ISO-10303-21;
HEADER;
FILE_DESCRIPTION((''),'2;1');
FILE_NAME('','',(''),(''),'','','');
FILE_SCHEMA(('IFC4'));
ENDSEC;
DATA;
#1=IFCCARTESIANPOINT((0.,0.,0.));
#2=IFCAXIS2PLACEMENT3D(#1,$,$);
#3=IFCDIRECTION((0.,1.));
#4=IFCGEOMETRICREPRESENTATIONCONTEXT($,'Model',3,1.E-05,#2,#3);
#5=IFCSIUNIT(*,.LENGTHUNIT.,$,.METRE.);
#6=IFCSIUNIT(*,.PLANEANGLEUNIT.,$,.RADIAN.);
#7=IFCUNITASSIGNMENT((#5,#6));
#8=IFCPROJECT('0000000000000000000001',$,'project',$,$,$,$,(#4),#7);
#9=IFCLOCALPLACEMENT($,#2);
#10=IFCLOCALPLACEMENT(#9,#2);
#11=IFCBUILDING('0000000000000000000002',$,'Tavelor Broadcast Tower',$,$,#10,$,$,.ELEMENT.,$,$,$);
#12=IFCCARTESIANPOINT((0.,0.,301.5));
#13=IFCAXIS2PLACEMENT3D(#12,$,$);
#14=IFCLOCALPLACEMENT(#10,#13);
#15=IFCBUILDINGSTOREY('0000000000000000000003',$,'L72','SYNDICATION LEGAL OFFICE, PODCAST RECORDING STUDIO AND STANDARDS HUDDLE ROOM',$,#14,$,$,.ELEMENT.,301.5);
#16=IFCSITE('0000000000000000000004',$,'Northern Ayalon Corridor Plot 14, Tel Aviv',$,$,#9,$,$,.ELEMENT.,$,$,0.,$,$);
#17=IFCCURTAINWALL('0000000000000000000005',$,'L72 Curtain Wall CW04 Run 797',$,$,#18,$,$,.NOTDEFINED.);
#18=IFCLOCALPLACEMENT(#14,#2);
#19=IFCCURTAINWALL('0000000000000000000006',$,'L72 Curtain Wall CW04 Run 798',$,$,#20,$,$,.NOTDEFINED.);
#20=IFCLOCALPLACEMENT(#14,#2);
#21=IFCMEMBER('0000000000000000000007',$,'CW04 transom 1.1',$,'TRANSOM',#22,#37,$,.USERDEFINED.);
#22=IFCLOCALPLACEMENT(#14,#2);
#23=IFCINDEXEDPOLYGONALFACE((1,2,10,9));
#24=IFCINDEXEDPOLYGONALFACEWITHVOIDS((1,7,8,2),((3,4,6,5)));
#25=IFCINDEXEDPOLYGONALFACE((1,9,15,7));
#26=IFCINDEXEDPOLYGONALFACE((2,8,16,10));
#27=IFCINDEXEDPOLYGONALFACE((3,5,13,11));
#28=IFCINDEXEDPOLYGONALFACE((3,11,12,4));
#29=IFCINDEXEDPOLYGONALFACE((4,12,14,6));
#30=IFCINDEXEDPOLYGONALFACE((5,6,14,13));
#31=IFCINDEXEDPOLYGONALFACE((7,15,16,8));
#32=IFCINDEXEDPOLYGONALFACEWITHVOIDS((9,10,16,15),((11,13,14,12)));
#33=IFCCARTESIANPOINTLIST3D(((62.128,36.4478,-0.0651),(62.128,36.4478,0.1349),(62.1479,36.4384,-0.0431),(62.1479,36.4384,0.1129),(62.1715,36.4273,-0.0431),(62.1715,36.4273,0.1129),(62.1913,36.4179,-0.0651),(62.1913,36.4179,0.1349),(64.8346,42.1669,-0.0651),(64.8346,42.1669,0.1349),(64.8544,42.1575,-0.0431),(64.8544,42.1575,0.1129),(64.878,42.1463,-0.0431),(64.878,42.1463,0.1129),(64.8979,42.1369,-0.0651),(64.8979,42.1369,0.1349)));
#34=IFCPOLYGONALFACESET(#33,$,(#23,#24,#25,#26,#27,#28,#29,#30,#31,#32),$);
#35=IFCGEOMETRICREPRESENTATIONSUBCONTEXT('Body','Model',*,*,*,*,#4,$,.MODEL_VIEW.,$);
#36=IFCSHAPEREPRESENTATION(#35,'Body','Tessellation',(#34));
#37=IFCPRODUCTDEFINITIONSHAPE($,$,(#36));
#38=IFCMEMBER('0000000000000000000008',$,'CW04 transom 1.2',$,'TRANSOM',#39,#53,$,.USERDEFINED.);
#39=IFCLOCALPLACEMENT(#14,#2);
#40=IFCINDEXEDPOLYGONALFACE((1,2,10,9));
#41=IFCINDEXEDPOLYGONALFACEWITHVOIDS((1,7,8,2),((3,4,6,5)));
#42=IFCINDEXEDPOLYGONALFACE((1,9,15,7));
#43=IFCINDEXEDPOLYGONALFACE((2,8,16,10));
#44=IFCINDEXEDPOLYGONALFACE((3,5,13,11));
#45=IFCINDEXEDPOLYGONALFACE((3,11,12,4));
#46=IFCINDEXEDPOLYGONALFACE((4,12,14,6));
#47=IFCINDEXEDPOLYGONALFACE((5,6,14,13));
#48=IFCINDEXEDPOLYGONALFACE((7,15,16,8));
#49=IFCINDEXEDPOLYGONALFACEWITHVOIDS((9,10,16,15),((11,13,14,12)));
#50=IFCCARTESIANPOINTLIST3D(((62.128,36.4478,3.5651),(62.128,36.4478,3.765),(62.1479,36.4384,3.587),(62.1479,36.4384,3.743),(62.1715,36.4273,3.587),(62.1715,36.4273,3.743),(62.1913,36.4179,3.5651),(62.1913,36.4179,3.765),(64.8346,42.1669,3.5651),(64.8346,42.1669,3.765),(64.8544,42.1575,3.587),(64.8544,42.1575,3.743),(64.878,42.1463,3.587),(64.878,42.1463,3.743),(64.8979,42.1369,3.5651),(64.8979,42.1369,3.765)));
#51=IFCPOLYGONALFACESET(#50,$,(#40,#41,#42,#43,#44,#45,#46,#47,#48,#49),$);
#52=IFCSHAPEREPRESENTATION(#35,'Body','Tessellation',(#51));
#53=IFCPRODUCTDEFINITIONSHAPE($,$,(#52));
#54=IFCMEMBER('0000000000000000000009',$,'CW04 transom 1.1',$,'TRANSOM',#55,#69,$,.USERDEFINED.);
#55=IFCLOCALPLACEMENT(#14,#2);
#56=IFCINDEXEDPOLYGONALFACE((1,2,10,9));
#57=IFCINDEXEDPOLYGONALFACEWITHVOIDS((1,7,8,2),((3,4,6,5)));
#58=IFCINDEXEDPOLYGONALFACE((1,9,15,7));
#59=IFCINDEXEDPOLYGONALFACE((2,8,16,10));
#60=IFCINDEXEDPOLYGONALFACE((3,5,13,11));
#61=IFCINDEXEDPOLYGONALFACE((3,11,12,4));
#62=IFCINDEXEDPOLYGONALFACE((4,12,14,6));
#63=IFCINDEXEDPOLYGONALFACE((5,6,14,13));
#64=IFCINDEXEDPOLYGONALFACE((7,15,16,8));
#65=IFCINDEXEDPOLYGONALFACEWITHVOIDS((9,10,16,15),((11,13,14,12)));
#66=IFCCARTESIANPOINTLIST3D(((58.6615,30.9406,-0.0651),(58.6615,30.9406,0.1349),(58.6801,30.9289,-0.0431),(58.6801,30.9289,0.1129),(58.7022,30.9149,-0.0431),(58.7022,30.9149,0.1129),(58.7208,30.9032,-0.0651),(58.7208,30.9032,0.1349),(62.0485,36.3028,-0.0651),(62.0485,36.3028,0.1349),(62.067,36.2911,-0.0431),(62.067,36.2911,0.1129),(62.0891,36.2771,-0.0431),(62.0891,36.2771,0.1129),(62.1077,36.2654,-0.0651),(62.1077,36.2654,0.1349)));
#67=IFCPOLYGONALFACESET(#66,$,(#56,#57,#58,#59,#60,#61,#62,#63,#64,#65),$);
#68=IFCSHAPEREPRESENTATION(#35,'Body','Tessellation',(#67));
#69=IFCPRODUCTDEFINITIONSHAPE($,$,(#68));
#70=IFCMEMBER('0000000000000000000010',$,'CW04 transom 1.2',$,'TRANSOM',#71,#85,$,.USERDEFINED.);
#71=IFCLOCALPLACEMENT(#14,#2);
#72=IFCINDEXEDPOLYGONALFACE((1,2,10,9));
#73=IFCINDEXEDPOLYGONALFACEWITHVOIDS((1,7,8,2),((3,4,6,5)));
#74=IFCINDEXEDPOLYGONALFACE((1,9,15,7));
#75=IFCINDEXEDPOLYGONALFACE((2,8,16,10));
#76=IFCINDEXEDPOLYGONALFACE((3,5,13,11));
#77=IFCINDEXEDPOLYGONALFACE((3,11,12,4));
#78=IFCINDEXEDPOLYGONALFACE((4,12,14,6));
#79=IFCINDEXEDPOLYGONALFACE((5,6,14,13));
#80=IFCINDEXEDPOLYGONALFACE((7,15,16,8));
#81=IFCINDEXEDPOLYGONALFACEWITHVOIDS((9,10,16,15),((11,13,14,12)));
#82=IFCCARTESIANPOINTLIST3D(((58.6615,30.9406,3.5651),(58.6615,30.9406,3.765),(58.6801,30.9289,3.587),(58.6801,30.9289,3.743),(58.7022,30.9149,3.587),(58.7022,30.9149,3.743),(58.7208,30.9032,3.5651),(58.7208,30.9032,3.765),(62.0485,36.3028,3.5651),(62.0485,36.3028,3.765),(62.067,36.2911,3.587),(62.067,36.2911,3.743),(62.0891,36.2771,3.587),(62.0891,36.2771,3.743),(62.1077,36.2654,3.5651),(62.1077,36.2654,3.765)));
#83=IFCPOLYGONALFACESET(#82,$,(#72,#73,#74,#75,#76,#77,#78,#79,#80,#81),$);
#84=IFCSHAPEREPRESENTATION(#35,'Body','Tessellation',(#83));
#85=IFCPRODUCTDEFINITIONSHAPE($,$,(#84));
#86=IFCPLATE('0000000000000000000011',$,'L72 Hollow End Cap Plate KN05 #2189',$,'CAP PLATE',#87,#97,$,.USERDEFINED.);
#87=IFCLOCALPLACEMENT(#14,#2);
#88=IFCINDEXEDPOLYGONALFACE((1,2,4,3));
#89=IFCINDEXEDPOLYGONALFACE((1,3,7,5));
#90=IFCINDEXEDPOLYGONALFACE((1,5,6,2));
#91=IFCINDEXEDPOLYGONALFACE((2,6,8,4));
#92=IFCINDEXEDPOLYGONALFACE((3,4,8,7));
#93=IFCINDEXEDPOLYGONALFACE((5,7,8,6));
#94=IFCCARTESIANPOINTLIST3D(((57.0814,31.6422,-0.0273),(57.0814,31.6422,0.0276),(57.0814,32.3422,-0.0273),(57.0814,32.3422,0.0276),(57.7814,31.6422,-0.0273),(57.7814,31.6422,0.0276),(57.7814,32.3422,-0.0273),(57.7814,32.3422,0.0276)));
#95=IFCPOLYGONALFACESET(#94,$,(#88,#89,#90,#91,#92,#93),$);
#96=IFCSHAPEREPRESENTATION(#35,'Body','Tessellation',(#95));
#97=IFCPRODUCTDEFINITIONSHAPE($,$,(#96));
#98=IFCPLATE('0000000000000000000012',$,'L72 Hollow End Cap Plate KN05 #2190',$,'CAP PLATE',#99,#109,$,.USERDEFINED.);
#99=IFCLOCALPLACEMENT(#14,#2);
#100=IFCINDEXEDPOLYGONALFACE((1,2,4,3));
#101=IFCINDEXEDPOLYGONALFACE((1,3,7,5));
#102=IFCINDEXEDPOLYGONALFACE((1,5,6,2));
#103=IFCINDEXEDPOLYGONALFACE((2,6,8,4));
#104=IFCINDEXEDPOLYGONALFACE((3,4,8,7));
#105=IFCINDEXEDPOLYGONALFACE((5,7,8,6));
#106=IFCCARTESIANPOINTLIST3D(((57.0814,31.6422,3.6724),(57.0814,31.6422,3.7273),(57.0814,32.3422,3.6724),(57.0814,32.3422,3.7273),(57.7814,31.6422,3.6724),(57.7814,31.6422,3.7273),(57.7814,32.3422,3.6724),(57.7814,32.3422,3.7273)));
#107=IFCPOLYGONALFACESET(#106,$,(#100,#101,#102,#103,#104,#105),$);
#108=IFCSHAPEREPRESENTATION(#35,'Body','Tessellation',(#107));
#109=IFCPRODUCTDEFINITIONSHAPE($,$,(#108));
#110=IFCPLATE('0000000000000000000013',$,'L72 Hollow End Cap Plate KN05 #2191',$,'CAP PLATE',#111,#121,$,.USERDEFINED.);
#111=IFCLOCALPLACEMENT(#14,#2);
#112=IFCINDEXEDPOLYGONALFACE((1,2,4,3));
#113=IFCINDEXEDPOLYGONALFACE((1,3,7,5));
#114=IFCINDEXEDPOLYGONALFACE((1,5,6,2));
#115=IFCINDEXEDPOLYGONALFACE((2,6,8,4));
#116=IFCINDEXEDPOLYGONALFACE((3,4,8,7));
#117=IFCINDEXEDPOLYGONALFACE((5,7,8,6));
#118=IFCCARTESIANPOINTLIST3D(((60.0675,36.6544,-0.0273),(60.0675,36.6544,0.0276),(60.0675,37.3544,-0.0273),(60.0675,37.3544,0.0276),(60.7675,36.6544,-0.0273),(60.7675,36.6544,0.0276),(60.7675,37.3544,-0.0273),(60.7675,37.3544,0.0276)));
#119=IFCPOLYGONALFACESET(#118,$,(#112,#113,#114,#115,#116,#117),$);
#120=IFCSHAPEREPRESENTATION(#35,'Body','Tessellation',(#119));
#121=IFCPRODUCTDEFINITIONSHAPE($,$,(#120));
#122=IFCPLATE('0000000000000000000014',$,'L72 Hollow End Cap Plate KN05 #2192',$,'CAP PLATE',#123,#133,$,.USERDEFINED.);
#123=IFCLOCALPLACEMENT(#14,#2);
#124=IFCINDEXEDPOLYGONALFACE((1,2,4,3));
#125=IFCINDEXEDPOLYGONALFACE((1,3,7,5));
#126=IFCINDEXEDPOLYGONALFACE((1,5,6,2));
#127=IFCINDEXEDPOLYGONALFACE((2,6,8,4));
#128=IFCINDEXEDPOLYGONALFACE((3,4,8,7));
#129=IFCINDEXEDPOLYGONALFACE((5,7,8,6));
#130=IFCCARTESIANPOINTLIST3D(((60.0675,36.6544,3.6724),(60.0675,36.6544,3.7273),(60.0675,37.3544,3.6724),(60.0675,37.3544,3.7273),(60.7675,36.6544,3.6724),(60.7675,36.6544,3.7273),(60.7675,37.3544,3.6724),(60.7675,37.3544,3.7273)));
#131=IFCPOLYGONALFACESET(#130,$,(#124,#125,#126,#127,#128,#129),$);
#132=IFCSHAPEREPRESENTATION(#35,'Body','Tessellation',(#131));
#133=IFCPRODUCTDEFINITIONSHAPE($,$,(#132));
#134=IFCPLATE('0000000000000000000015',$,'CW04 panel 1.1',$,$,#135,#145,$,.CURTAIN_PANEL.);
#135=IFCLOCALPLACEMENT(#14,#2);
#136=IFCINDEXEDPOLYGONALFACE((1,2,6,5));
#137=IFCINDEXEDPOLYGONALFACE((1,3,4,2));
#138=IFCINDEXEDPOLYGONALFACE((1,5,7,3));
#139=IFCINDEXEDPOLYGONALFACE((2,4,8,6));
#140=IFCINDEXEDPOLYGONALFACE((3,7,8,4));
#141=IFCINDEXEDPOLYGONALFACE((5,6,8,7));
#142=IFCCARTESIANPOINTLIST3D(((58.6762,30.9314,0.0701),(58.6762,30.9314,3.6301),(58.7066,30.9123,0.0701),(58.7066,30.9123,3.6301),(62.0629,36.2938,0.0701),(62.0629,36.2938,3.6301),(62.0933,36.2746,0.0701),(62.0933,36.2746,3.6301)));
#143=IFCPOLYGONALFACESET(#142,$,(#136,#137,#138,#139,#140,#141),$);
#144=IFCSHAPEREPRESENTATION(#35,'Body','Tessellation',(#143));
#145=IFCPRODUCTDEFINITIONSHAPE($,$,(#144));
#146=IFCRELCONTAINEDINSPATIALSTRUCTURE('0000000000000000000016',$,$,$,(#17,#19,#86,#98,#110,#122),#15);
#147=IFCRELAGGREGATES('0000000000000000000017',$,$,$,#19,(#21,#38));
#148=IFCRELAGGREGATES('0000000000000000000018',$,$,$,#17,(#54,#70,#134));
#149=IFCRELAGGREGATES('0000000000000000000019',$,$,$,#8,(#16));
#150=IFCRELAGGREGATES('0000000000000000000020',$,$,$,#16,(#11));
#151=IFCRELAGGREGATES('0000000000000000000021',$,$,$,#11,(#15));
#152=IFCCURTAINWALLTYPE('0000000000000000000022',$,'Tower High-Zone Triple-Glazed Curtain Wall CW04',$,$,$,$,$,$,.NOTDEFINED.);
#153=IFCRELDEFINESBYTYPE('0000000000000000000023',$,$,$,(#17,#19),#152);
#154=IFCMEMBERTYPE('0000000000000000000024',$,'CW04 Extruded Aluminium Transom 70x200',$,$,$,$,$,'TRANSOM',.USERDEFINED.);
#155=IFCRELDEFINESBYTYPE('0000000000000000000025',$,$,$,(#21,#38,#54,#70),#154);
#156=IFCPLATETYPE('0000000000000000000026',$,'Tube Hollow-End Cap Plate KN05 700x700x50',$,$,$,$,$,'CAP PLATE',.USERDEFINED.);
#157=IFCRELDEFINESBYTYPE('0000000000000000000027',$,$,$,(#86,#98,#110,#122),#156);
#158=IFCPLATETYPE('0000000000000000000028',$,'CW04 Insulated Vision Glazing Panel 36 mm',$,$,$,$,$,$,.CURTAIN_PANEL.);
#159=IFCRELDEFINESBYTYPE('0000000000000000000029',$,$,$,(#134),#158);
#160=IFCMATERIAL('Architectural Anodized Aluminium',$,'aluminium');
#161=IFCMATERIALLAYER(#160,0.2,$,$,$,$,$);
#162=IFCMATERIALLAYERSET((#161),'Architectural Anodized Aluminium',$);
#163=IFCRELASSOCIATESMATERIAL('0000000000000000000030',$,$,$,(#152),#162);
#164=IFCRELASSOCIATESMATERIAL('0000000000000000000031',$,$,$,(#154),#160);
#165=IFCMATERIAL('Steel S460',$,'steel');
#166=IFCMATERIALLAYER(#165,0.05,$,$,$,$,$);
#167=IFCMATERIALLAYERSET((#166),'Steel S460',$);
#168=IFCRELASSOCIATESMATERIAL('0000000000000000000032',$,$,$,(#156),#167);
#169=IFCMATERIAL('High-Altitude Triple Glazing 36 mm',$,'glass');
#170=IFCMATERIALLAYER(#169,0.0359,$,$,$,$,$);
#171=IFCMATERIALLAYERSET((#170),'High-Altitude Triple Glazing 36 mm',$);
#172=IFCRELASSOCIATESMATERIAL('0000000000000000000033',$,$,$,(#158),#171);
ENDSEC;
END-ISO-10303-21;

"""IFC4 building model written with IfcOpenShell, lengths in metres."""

from ifc_helpers import new_model, si_unit, direction, frame, origin, origin_2d, place, context, subcontext, project, spatial, rectangle, hollow_rectangle, extrude, source, transform, mapped, material, layer, layer_set, material_profile, profile_set, type_object, type_shapes, element, aggregate, save


model = new_model("IFC4")

# Units and contexts
model_context = context("Model", 3, precision=1e-05, world=origin(), true_north=direction((0.0, 1.0)))
body_context = subcontext(model_context, "Body", "Model", "MODEL_VIEW")
ifc_project = project(units=[si_unit("LENGTHUNIT", "METRE"), si_unit("PLANEANGLEUNIT", "RADIAN")], contexts=[model_context])

# Site, building, storey
site_placement = place(None, origin())
site = spatial("IfcSite", under=ifc_project, at=site_placement, Name="Northern Ayalon Corridor Plot 14, Tel Aviv", CompositionType="ELEMENT", RefElevation=0.0)
building_placement = place(site_placement, origin())
building = spatial("IfcBuilding", under=site, at=building_placement, Name="Tavelor Broadcast Tower", CompositionType="ELEMENT")
storey_placement = place(building_placement, frame((0.0, 0.0, 301.5)))
storey = spatial("IfcBuildingStorey", under=building, at=storey_placement, Name="L72", Description="SYNDICATION LEGAL OFFICE, PODCAST RECORDING STUDIO AND STANDARDS HUDDLE ROOM", CompositionType="ELEMENT", Elevation=301.5)

# Shared definitions
ifc_material_1 = material(Name="Steel S460", Category="steel")

# Curtain walls, members
ifc_material_2 = material(Name="Architectural Anodized Aluminium", Category="aluminium")
ifc_layer_1 = layer(ifc_material_2, 0.2)
ifc_layer_set_1 = layer_set([ifc_layer_1], Name="Architectural Anodized Aluminium")
curtain_wall_type = type_object("IfcCurtainWallType", Name="Tower High-Zone Triple-Glazed Curtain Wall CW04", PredefinedType="NOTDEFINED", material=ifc_layer_set_1)
curtain_wall_1_placement = place(storey_placement, origin())
curtain_wall_1 = element("IfcCurtainWall", 1, at=curtain_wall_1_placement, inside=storey, type_object=curtain_wall_type, Name="L72 Curtain Wall CW04 Run 797", PredefinedType="NOTDEFINED")
curtain_wall_2_placement = place(storey_placement, origin())
curtain_wall_2 = element("IfcCurtainWall", 2, at=curtain_wall_2_placement, inside=storey, type_object=curtain_wall_type, Name="L72 Curtain Wall CW04 Run 798", PredefinedType="NOTDEFINED")
ifc_material_profile_1 = material_profile(ifc_material_2, hollow_rectangle(XDim=0.0701, YDim=0.2, WallThickness=0.022, at=origin_2d()), Name="RHS 70x200x22")
ifc_profile_set_1 = profile_set([ifc_material_profile_1], Name="Architectural Anodized Aluminium")
member_type_1 = type_object("IfcMemberType", Name="CW04 Extruded Aluminium Transom 70x200", ElementType="TRANSOM", PredefinedType="USERDEFINED", material=ifc_profile_set_1)
shared_shape_1 = source(origin(), body_context, "Body", "SweptSolid", [
    extrude(hollow_rectangle(XDim=0.0701, YDim=0.2, WallThickness=0.022, at=origin_2d()), origin(), (0.0, 0.0, 1.0), 6.3271),
])
member_1_placement = place(storey_placement, frame((62.1597, 36.4329, 0.0349), z_axis=(0.42777, 0.903888, 0.0), x_axis=(-0.903888, 0.42777, 0.0)))
member_1 = element("IfcMember", 3, at=member_1_placement, type_object=member_type_1, Name="CW04 transom 1.1", ObjectType="TRANSOM", PredefinedType="USERDEFINED", context=body_context, shape_type="MappedRepresentation", body=[
    mapped(shared_shape_1, transform((0.0, 0.0, 0.0), scale=1.0)),
])
member_2_placement = place(storey_placement, frame((62.1597, 36.4329, 3.665), z_axis=(0.42777, 0.903888, 0.0), x_axis=(-0.903888, 0.42777, 0.0)))
member_2 = element("IfcMember", 4, at=member_2_placement, type_object=member_type_1, Name="CW04 transom 1.2", ObjectType="TRANSOM", PredefinedType="USERDEFINED", context=body_context, shape_type="MappedRepresentation", body=[
    mapped(shared_shape_1, transform((0.0, 0.0, 0.0), scale=1.0)),
])
aggregate(curtain_wall_2, [member_1, member_2])

# Members
shared_shape_2 = source(origin(), body_context, "Body", "SweptSolid", [
    extrude(hollow_rectangle(XDim=0.0701, YDim=0.2, WallThickness=0.022, at=origin_2d()), origin(), (0.0, 0.0, 1.0), 6.3423),
])
type_shapes(member_type_1, [shared_shape_1, shared_shape_2])
member_3_placement = place(storey_placement, frame((58.6912, 30.9219, 0.0349), z_axis=(0.534021, 0.845472, 0.0), x_axis=(-0.845472, 0.534021, 0.0)))
member_3 = element("IfcMember", 5, at=member_3_placement, type_object=member_type_1, Name="CW04 transom 1.1", ObjectType="TRANSOM", PredefinedType="USERDEFINED", context=body_context, shape_type="MappedRepresentation", body=[
    mapped(shared_shape_2, transform((0.0, 0.0, 0.0), scale=1.0)),
])
member_4_placement = place(storey_placement, frame((58.6912, 30.9219, 3.665), z_axis=(0.534021, 0.845472, 0.0), x_axis=(-0.845472, 0.534021, 0.0)))
member_4 = element("IfcMember", 6, at=member_4_placement, type_object=member_type_1, Name="CW04 transom 1.2", ObjectType="TRANSOM", PredefinedType="USERDEFINED", context=body_context, shape_type="MappedRepresentation", body=[
    mapped(shared_shape_2, transform((0.0, 0.0, 0.0), scale=1.0)),
])

# Plates
ifc_layer_2 = layer(ifc_material_1, 0.05)
ifc_layer_set_2 = layer_set([ifc_layer_2], Name="Steel S460")
plate_type_1 = type_object("IfcPlateType", Name="Tube Hollow-End Cap Plate KN05 700x700x50", ElementType="CAP PLATE", PredefinedType="USERDEFINED", material=ifc_layer_set_2)
shared_shape_3 = source(origin(), body_context, "Body", "SweptSolid", [
    extrude(rectangle(XDim=0.7, YDim=0.7, at=origin_2d()), origin(), (0.0, 0.0, 1.0), 0.0549),
])
type_shapes(plate_type_1, [shared_shape_3])
for number, where, z_axis, x_axis, name in (
    (7, (57.4314, 31.9922, -0.0273), (0.0, 0.0, 1.0), (1.0, 0.0, 0.0), "L72 Hollow End Cap Plate KN05 #2189"),
    (8, (57.4314, 31.9922, 3.6724), (0.0, 0.0, 1.0), (1.0, 0.0, 0.0), "L72 Hollow End Cap Plate KN05 #2190"),
    (9, (60.4175, 37.0044, -0.0273), (0.0, 0.0, 1.0), (1.0, 0.0, 0.0), "L72 Hollow End Cap Plate KN05 #2191"),
    (10, (60.4175, 37.0044, 3.6724), (0.0, 0.0, 1.0), (1.0, 0.0, 0.0), "L72 Hollow End Cap Plate KN05 #2192"),
):
    element("IfcPlate", number, at=place(storey_placement, frame(where, z_axis=z_axis, x_axis=x_axis)), inside=storey, type_object=plate_type_1, Name=name, ObjectType="CAP PLATE", PredefinedType="USERDEFINED", context=body_context, shape_type="MappedRepresentation", body=[
        mapped(shared_shape_3, transform((0.0, 0.0, 0.0), scale=1.0)),
    ])

# Plate
ifc_material_3 = material(Name="High-Altitude Triple Glazing 36 mm", Category="glass")
ifc_layer_3 = layer(ifc_material_3, 0.0359)
ifc_layer_set_3 = layer_set([ifc_layer_3], Name="High-Altitude Triple Glazing 36 mm")
plate_type_2 = type_object("IfcPlateType", Name="CW04 Insulated Vision Glazing Panel 36 mm", PredefinedType="CURTAIN_PANEL", material=ifc_layer_set_3)
shared_shape_4 = source(origin(), body_context, "Body", "SweptSolid", [
    extrude(rectangle(XDim=6.3423, YDim=0.0359, at=origin_2d()), origin(), (0.0, 0.0, 1.0), 3.5601),
])
type_shapes(plate_type_2, [shared_shape_4])
plate_placement = place(storey_placement, frame((60.3848, 33.603, 0.0701), z_axis=(0.0, 0.0, 1.0), x_axis=(0.533987, 0.845493, 0.0)))
plate = element("IfcPlate", 11, at=plate_placement, type_object=plate_type_2, Name="CW04 panel 1.1", PredefinedType="CURTAIN_PANEL", context=body_context, shape_type="MappedRepresentation", body=[
    mapped(shared_shape_4, transform((0.0, 0.0, 0.0), scale=1.0)),
])
aggregate(curtain_wall_1, [member_3, member_4, plate])

save(model, "model.ifc")
